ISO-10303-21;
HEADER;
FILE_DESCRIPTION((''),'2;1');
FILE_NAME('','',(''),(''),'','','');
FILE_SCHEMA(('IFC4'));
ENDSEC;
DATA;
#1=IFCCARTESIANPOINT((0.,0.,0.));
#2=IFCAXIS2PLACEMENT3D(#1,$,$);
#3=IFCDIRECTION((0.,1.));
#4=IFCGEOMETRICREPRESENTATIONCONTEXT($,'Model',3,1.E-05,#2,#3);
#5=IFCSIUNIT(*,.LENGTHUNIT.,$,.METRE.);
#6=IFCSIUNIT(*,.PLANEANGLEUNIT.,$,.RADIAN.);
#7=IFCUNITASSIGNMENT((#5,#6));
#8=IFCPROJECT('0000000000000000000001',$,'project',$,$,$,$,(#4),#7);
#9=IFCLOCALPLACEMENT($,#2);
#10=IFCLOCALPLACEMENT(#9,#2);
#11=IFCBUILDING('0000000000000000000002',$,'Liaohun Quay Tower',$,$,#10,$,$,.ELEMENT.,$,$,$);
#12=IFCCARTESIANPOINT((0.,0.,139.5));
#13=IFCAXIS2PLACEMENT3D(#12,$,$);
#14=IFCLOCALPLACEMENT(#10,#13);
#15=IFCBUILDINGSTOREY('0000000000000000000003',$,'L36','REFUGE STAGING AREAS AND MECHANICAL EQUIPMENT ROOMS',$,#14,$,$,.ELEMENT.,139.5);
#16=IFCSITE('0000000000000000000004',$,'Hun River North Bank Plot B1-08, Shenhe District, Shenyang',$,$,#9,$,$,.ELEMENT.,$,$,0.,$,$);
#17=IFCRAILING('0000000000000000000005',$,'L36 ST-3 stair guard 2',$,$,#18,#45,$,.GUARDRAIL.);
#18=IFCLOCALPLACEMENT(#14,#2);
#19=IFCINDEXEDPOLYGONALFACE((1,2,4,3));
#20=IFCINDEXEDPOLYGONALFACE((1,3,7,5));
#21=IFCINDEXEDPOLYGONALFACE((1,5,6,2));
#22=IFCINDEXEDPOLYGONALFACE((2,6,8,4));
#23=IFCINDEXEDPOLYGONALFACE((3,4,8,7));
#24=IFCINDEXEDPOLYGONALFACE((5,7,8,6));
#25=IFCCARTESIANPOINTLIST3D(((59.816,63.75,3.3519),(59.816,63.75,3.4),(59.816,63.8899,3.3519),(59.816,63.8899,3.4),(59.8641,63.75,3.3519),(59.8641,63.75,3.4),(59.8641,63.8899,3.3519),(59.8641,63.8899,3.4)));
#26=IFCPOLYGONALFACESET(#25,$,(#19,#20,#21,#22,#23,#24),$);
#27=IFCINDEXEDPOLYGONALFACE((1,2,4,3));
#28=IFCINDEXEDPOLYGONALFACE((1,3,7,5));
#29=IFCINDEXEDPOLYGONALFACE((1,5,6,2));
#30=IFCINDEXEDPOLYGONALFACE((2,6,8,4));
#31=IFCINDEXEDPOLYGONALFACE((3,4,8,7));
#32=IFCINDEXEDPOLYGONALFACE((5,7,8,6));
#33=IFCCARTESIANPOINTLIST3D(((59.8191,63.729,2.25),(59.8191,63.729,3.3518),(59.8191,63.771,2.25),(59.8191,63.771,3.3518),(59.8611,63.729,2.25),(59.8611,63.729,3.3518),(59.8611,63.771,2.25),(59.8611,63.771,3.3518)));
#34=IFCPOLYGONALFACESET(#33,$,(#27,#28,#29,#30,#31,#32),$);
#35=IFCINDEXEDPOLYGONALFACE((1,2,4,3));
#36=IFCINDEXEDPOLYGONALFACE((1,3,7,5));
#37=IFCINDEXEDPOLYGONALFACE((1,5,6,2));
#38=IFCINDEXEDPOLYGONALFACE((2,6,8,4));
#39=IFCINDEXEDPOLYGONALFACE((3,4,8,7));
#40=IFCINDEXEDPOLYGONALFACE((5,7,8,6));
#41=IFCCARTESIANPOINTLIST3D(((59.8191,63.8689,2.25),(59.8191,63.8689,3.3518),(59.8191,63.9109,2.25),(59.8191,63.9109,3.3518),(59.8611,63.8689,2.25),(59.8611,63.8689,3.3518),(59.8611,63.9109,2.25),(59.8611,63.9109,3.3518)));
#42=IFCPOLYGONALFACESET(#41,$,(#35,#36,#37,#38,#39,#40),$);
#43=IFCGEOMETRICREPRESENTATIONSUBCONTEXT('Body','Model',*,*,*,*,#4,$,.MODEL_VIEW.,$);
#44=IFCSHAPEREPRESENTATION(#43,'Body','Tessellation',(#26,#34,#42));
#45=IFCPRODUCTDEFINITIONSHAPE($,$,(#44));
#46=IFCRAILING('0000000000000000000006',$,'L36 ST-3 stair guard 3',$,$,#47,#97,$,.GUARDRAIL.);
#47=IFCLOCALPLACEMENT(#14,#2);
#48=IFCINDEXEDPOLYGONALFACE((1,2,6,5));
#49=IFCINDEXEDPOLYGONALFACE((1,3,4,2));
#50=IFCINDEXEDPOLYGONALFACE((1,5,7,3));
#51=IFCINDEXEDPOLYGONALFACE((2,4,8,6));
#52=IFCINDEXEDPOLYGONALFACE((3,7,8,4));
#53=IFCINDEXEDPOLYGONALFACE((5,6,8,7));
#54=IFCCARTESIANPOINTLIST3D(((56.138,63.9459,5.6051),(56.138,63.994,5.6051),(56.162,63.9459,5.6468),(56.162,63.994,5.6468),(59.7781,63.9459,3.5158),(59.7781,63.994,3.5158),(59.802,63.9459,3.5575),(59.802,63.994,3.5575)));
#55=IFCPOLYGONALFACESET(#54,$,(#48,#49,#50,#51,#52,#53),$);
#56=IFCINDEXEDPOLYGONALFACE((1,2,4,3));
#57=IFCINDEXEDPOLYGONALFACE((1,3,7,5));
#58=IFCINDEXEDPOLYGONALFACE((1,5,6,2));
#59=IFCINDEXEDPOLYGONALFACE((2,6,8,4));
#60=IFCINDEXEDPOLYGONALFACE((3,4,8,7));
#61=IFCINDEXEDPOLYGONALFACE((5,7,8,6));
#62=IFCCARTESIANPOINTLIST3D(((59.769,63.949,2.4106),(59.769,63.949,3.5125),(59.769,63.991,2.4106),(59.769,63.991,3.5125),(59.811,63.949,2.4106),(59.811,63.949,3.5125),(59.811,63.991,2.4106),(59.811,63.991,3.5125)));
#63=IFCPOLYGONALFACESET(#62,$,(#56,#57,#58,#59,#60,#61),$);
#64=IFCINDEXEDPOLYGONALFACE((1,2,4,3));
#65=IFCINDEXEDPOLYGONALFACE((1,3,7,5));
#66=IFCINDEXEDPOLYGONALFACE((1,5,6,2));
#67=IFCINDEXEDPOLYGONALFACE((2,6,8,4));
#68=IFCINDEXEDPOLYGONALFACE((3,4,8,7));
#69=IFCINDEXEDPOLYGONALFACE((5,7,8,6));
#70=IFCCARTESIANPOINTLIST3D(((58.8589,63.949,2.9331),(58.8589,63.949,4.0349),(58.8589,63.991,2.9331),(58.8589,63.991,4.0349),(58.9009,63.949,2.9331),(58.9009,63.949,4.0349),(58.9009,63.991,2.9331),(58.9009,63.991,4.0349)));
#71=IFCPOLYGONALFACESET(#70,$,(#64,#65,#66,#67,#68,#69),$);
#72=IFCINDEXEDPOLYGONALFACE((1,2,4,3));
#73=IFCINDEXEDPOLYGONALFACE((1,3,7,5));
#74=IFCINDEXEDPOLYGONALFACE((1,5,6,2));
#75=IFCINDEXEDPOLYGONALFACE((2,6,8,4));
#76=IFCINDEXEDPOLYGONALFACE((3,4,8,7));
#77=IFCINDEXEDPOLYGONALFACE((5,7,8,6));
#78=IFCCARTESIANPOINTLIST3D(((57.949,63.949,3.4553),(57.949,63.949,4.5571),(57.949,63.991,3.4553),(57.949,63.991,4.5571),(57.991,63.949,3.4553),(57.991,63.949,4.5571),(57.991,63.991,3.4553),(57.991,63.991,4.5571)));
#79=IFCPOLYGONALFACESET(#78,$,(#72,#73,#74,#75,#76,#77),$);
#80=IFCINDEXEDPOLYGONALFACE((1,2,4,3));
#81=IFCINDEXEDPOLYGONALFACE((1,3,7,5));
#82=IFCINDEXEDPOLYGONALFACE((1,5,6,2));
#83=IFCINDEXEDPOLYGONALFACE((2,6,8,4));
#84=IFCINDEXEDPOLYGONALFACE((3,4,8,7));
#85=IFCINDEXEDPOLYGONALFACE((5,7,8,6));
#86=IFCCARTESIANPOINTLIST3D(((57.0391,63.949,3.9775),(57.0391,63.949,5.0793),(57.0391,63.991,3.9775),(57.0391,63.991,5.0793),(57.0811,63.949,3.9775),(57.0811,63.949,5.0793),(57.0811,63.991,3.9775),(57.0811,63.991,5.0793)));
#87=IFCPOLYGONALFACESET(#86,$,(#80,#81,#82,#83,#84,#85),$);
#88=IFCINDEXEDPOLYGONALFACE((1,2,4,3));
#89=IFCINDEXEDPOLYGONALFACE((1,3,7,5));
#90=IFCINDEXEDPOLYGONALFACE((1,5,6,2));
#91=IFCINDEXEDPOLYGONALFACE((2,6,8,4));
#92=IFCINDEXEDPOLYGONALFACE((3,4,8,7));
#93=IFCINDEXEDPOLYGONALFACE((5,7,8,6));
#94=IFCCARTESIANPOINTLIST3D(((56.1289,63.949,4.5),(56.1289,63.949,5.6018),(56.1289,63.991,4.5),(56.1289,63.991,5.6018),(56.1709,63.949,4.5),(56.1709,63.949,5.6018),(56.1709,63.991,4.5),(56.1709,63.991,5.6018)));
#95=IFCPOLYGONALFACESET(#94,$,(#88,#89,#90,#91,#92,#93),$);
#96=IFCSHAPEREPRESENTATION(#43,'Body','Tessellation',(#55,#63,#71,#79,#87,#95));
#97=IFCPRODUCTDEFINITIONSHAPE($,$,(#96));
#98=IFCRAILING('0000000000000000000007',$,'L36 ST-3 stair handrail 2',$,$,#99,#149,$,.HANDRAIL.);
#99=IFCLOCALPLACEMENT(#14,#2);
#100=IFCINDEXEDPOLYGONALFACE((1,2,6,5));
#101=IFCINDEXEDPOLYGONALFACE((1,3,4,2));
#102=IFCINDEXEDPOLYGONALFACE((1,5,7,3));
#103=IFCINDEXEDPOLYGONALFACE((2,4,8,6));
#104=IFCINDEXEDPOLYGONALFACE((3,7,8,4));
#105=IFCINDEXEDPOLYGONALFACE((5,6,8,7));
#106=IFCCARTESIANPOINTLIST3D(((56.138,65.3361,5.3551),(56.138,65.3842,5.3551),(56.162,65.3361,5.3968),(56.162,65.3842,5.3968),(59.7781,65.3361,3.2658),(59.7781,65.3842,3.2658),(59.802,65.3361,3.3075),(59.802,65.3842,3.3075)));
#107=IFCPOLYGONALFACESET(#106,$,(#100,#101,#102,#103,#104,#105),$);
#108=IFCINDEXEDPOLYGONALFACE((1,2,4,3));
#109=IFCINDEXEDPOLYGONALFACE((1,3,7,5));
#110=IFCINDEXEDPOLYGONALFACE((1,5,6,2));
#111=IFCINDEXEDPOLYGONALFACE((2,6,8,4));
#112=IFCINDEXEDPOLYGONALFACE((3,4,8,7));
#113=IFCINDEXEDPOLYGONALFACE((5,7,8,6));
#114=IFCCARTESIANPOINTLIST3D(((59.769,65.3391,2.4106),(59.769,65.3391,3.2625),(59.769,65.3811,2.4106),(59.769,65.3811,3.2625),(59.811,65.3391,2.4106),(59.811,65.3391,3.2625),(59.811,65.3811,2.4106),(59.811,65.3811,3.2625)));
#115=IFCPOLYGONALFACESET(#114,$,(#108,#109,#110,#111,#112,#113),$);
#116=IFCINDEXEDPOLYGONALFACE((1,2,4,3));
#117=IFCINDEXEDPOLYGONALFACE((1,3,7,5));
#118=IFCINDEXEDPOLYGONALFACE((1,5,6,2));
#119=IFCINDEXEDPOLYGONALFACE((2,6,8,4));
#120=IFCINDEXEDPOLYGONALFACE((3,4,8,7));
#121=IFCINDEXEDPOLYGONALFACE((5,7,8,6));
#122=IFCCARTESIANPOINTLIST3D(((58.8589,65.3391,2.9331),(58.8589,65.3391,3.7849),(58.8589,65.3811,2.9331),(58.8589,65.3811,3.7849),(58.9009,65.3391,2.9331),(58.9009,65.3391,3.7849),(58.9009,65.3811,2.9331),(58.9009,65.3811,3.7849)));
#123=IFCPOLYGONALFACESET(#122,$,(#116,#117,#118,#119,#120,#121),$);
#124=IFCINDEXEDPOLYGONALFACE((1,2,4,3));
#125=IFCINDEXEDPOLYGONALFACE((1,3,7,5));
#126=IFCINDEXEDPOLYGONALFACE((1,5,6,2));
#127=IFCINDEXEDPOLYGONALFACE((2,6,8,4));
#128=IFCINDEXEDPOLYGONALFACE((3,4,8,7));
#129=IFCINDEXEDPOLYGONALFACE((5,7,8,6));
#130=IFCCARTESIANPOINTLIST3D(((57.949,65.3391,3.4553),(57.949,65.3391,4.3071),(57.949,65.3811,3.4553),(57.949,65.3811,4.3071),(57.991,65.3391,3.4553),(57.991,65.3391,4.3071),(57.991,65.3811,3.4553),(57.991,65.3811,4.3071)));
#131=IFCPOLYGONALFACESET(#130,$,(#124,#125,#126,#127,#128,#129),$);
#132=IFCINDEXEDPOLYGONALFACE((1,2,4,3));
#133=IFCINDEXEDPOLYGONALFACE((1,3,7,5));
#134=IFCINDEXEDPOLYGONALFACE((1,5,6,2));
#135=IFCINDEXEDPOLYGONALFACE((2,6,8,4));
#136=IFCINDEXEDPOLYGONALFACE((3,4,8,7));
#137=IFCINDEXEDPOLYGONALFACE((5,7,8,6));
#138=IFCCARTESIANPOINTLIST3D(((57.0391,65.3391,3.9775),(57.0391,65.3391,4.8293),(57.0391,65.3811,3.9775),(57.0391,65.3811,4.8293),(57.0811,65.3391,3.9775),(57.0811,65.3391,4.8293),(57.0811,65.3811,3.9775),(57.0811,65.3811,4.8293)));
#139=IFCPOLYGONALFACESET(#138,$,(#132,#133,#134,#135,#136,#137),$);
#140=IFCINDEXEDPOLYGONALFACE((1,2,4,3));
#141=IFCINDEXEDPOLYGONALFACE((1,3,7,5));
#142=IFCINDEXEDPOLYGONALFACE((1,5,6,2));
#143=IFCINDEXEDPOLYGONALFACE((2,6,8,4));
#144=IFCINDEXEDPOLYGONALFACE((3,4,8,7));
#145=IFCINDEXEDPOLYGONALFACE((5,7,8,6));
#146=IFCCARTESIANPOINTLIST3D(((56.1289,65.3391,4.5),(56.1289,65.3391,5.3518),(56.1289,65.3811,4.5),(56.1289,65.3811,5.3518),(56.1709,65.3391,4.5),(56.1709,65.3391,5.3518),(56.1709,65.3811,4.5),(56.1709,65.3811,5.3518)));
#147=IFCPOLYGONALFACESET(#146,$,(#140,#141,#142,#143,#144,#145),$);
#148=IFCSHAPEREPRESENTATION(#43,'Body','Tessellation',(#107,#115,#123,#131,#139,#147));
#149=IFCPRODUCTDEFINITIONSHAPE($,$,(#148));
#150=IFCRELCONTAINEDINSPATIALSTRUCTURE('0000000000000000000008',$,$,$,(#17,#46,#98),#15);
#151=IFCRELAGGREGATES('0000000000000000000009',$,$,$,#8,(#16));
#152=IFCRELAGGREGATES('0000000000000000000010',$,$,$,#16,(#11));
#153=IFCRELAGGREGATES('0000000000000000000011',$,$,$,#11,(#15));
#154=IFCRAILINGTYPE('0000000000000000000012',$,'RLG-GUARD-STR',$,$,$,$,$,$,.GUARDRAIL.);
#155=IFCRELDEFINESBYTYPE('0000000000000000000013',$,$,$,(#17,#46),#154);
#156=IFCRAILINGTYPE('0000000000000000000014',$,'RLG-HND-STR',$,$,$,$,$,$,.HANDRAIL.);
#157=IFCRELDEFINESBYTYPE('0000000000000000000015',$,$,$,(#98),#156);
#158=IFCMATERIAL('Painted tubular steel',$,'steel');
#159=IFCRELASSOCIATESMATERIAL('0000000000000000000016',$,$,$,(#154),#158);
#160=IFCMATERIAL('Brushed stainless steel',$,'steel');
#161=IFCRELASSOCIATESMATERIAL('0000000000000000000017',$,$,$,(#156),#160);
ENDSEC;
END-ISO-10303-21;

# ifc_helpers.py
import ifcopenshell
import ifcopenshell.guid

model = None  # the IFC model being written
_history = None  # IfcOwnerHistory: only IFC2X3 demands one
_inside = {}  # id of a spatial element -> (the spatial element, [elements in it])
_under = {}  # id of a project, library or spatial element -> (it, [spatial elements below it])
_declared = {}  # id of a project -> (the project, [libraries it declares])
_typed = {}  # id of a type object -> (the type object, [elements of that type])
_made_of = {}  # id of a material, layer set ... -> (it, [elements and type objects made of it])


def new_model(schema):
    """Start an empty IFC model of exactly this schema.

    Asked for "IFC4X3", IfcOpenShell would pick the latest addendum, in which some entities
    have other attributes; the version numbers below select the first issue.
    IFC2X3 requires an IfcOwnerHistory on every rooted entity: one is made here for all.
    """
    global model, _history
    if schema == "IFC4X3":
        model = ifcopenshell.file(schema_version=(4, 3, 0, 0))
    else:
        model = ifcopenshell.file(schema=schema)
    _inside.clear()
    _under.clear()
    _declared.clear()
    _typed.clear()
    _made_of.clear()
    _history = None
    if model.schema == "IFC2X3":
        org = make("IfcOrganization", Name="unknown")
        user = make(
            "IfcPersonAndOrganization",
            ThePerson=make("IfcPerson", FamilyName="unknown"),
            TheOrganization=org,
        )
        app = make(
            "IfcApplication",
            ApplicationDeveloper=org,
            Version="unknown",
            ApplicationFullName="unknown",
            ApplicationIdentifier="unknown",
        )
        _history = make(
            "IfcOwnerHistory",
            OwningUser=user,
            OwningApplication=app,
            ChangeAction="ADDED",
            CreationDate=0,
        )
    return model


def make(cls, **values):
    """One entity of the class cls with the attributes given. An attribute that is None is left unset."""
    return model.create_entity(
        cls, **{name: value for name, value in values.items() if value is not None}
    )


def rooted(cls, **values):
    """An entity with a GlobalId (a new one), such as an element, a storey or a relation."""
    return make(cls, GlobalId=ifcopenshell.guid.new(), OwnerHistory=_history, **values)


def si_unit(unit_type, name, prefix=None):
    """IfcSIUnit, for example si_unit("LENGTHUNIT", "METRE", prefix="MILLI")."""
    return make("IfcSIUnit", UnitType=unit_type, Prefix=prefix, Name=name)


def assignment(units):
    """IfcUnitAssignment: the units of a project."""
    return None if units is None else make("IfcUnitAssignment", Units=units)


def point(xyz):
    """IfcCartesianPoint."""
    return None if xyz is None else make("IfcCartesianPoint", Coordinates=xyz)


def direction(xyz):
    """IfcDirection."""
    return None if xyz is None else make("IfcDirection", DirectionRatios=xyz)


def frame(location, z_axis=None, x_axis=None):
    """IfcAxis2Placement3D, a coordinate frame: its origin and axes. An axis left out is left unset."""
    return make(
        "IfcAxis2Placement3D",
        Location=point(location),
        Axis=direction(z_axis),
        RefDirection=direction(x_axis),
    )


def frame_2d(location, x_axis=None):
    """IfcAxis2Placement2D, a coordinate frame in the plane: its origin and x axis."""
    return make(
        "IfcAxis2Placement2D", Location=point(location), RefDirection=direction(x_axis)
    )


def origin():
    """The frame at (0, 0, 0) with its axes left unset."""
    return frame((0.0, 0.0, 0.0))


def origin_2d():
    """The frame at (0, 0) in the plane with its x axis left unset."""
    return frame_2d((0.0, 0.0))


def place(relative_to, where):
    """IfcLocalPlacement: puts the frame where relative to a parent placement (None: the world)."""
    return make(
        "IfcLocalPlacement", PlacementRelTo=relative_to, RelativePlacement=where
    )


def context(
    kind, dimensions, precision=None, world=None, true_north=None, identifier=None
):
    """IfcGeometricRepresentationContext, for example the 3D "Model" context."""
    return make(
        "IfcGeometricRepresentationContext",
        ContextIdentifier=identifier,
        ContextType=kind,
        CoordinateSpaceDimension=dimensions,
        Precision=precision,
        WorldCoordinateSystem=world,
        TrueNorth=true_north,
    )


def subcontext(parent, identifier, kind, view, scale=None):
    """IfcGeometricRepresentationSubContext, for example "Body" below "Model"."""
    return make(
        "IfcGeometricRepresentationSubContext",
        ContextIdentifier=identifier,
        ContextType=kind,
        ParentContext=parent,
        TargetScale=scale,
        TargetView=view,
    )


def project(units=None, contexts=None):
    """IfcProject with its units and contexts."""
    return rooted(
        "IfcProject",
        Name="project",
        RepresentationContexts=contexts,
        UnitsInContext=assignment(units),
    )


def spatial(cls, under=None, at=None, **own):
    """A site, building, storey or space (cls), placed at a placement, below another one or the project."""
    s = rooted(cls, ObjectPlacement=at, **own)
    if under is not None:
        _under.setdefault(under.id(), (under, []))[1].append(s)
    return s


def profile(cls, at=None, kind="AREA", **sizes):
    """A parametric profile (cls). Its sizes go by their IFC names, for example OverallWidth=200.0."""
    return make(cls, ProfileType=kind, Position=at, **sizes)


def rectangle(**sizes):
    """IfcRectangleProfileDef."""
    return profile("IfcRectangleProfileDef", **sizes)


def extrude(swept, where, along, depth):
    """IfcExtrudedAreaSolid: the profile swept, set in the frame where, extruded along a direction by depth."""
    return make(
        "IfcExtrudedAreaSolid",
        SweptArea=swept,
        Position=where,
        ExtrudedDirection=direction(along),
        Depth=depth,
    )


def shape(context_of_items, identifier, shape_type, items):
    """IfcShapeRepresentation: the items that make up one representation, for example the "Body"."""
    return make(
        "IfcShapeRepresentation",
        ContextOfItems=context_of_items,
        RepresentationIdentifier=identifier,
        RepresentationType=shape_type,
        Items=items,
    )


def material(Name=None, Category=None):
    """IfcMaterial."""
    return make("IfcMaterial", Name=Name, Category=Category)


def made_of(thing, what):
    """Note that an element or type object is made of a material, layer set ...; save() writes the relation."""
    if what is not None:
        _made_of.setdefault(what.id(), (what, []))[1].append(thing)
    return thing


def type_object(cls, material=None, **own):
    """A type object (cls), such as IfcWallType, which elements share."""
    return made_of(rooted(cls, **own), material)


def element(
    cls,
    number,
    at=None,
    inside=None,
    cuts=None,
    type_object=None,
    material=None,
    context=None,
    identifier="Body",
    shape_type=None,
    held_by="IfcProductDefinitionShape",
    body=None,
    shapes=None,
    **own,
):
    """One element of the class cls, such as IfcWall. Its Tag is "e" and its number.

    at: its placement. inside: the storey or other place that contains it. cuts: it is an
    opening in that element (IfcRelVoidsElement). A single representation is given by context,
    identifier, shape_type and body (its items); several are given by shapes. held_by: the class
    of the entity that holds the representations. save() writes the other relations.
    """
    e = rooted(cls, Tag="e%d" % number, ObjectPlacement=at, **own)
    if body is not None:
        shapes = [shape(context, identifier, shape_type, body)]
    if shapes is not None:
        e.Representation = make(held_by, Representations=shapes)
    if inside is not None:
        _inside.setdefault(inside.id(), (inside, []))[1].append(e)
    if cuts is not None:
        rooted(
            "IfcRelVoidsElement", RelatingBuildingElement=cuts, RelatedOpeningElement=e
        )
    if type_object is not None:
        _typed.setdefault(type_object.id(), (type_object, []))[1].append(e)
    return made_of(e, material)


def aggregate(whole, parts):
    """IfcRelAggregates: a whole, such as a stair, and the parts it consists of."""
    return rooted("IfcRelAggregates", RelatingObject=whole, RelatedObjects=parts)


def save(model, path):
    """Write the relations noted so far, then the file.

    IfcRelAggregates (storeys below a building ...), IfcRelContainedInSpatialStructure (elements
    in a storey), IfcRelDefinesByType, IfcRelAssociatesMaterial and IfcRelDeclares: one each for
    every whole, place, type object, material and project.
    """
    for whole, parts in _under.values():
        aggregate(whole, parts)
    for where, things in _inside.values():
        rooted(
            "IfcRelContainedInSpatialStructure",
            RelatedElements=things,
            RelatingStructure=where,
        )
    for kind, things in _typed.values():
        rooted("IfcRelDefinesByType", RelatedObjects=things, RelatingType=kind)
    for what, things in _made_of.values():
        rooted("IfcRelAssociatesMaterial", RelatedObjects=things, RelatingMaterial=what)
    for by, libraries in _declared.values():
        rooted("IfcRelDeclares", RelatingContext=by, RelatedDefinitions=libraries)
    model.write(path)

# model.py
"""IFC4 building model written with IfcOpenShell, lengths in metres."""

from ifc_helpers import new_model, si_unit, direction, frame, origin, origin_2d, place, context, subcontext, project, spatial, rectangle, extrude, material, type_object, element, save


model = new_model("IFC4")

# Units and contexts
model_context = context("Model", 3, precision=1e-05, world=origin(), true_north=direction((0.0, 1.0)))
body_context = subcontext(model_context, "Body", "Model", "MODEL_VIEW")
ifc_project = project(units=[si_unit("LENGTHUNIT", "METRE"), si_unit("PLANEANGLEUNIT", "RADIAN")], contexts=[model_context])

# Site, building, storey
site_placement = place(None, origin())
site = spatial("IfcSite", under=ifc_project, at=site_placement, Name="Hun River North Bank Plot B1-08, Shenhe District, Shenyang", CompositionType="ELEMENT", RefElevation=0.0)
building_placement = place(site_placement, origin())
building = spatial("IfcBuilding", under=site, at=building_placement, Name="Liaohun Quay Tower", CompositionType="ELEMENT")
storey_placement = place(building_placement, frame((0.0, 0.0, 139.5)))
storey = spatial("IfcBuildingStorey", under=building, at=storey_placement, Name="L36", Description="REFUGE STAGING AREAS AND MECHANICAL EQUIPMENT ROOMS", CompositionType="ELEMENT", Elevation=139.5)

# Railings
ifc_material_1 = material(Name="Painted tubular steel", Category="steel")
railing_type_1 = type_object("IfcRailingType", Name="RLG-GUARD-STR", PredefinedType="GUARDRAIL", material=ifc_material_1)
railing_1_placement = place(storey_placement, frame((59.8401, 63.75, 2.25)))
element("IfcRailing", 1, at=railing_1_placement, inside=storey, type_object=railing_type_1, Name="L36 ST-3 stair guard 2", PredefinedType="GUARDRAIL", context=body_context, shape_type="SweptSolid", body=[
    extrude(rectangle(XDim=0.0481, YDim=0.0481, at=origin_2d()), frame((0.0, 0.0, 1.126), z_axis=(0.0, 1.0, 0.0), x_axis=(-1.0, 0.0, 0.0)), (0.0, 0.0, 1.0), 0.1399),
    extrude(rectangle(XDim=0.042, YDim=0.042, at=origin_2d()), origin(), (0.0, 0.0, 1.0), 1.1018),
    extrude(rectangle(XDim=0.042, YDim=0.042, at=origin_2d()), frame((0.0, 0.1399, 0.0)), (0.0, 0.0, 1.0), 1.1018),
])
railing_2_placement = place(storey_placement, frame((59.79, 63.97, 2.4106)))
element("IfcRailing", 2, at=railing_2_placement, inside=storey, type_object=railing_type_1, Name="L36 ST-3 stair guard 3", PredefinedType="GUARDRAIL", context=body_context, shape_type="SweptSolid", body=[
    extrude(rectangle(XDim=0.0481, YDim=0.0481, at=origin_2d()), frame((0.0, 0.0, 1.126), z_axis=(-0.867289, 0.0, 0.497804), x_axis=(0.0, -1.0, 0.0)), (0.0, 0.0, 1.0), 4.197),
    extrude(rectangle(XDim=0.042, YDim=0.042, at=origin_2d()), origin(), (0.0, 0.0, 1.0), 1.1018),
    extrude(rectangle(XDim=0.042, YDim=0.042, at=origin_2d()), frame((-0.9102, 0.0, 0.5225)), (0.0, 0.0, 1.0), 1.1018),
    extrude(rectangle(XDim=0.042, YDim=0.042, at=origin_2d()), frame((-1.8201, 0.0, 1.0447)), (0.0, 0.0, 1.0), 1.1018),
    extrude(rectangle(XDim=0.042, YDim=0.042, at=origin_2d()), frame((-2.73, 0.0, 1.5669)), (0.0, 0.0, 1.0), 1.1018),
    extrude(rectangle(XDim=0.042, YDim=0.042, at=origin_2d()), frame((-3.6401, 0.0, 2.0894)), (0.0, 0.0, 1.0), 1.1018),
])
ifc_material_2 = material(Name="Brushed stainless steel", Category="steel")
railing_type_2 = type_object("IfcRailingType", Name="RLG-HND-STR", PredefinedType="HANDRAIL", material=ifc_material_2)
railing_3_placement = place(storey_placement, frame((59.79, 65.3601, 2.4106)))
element("IfcRailing", 3, at=railing_3_placement, inside=storey, type_object=railing_type_2, Name="L36 ST-3 stair handrail 2", PredefinedType="HANDRAIL", context=body_context, shape_type="SweptSolid", body=[
    extrude(rectangle(XDim=0.0481, YDim=0.0481, at=origin_2d()), frame((0.0, 0.0, 0.876), z_axis=(-0.867289, 0.0, 0.497804), x_axis=(0.0, -1.0, 0.0)), (0.0, 0.0, 1.0), 4.197),
    extrude(rectangle(XDim=0.042, YDim=0.042, at=origin_2d()), origin(), (0.0, 0.0, 1.0), 0.8518),
    extrude(rectangle(XDim=0.042, YDim=0.042, at=origin_2d()), frame((-0.9102, 0.0, 0.5225)), (0.0, 0.0, 1.0), 0.8518),
    extrude(rectangle(XDim=0.042, YDim=0.042, at=origin_2d()), frame((-1.8201, 0.0, 1.0447)), (0.0, 0.0, 1.0), 0.8518),
    extrude(rectangle(XDim=0.042, YDim=0.042, at=origin_2d()), frame((-2.73, 0.0, 1.5669)), (0.0, 0.0, 1.0), 0.8518),
    extrude(rectangle(XDim=0.042, YDim=0.042, at=origin_2d()), frame((-3.6401, 0.0, 2.0894)), (0.0, 0.0, 1.0), 0.8518),
])

save(model, "model.ifc")
